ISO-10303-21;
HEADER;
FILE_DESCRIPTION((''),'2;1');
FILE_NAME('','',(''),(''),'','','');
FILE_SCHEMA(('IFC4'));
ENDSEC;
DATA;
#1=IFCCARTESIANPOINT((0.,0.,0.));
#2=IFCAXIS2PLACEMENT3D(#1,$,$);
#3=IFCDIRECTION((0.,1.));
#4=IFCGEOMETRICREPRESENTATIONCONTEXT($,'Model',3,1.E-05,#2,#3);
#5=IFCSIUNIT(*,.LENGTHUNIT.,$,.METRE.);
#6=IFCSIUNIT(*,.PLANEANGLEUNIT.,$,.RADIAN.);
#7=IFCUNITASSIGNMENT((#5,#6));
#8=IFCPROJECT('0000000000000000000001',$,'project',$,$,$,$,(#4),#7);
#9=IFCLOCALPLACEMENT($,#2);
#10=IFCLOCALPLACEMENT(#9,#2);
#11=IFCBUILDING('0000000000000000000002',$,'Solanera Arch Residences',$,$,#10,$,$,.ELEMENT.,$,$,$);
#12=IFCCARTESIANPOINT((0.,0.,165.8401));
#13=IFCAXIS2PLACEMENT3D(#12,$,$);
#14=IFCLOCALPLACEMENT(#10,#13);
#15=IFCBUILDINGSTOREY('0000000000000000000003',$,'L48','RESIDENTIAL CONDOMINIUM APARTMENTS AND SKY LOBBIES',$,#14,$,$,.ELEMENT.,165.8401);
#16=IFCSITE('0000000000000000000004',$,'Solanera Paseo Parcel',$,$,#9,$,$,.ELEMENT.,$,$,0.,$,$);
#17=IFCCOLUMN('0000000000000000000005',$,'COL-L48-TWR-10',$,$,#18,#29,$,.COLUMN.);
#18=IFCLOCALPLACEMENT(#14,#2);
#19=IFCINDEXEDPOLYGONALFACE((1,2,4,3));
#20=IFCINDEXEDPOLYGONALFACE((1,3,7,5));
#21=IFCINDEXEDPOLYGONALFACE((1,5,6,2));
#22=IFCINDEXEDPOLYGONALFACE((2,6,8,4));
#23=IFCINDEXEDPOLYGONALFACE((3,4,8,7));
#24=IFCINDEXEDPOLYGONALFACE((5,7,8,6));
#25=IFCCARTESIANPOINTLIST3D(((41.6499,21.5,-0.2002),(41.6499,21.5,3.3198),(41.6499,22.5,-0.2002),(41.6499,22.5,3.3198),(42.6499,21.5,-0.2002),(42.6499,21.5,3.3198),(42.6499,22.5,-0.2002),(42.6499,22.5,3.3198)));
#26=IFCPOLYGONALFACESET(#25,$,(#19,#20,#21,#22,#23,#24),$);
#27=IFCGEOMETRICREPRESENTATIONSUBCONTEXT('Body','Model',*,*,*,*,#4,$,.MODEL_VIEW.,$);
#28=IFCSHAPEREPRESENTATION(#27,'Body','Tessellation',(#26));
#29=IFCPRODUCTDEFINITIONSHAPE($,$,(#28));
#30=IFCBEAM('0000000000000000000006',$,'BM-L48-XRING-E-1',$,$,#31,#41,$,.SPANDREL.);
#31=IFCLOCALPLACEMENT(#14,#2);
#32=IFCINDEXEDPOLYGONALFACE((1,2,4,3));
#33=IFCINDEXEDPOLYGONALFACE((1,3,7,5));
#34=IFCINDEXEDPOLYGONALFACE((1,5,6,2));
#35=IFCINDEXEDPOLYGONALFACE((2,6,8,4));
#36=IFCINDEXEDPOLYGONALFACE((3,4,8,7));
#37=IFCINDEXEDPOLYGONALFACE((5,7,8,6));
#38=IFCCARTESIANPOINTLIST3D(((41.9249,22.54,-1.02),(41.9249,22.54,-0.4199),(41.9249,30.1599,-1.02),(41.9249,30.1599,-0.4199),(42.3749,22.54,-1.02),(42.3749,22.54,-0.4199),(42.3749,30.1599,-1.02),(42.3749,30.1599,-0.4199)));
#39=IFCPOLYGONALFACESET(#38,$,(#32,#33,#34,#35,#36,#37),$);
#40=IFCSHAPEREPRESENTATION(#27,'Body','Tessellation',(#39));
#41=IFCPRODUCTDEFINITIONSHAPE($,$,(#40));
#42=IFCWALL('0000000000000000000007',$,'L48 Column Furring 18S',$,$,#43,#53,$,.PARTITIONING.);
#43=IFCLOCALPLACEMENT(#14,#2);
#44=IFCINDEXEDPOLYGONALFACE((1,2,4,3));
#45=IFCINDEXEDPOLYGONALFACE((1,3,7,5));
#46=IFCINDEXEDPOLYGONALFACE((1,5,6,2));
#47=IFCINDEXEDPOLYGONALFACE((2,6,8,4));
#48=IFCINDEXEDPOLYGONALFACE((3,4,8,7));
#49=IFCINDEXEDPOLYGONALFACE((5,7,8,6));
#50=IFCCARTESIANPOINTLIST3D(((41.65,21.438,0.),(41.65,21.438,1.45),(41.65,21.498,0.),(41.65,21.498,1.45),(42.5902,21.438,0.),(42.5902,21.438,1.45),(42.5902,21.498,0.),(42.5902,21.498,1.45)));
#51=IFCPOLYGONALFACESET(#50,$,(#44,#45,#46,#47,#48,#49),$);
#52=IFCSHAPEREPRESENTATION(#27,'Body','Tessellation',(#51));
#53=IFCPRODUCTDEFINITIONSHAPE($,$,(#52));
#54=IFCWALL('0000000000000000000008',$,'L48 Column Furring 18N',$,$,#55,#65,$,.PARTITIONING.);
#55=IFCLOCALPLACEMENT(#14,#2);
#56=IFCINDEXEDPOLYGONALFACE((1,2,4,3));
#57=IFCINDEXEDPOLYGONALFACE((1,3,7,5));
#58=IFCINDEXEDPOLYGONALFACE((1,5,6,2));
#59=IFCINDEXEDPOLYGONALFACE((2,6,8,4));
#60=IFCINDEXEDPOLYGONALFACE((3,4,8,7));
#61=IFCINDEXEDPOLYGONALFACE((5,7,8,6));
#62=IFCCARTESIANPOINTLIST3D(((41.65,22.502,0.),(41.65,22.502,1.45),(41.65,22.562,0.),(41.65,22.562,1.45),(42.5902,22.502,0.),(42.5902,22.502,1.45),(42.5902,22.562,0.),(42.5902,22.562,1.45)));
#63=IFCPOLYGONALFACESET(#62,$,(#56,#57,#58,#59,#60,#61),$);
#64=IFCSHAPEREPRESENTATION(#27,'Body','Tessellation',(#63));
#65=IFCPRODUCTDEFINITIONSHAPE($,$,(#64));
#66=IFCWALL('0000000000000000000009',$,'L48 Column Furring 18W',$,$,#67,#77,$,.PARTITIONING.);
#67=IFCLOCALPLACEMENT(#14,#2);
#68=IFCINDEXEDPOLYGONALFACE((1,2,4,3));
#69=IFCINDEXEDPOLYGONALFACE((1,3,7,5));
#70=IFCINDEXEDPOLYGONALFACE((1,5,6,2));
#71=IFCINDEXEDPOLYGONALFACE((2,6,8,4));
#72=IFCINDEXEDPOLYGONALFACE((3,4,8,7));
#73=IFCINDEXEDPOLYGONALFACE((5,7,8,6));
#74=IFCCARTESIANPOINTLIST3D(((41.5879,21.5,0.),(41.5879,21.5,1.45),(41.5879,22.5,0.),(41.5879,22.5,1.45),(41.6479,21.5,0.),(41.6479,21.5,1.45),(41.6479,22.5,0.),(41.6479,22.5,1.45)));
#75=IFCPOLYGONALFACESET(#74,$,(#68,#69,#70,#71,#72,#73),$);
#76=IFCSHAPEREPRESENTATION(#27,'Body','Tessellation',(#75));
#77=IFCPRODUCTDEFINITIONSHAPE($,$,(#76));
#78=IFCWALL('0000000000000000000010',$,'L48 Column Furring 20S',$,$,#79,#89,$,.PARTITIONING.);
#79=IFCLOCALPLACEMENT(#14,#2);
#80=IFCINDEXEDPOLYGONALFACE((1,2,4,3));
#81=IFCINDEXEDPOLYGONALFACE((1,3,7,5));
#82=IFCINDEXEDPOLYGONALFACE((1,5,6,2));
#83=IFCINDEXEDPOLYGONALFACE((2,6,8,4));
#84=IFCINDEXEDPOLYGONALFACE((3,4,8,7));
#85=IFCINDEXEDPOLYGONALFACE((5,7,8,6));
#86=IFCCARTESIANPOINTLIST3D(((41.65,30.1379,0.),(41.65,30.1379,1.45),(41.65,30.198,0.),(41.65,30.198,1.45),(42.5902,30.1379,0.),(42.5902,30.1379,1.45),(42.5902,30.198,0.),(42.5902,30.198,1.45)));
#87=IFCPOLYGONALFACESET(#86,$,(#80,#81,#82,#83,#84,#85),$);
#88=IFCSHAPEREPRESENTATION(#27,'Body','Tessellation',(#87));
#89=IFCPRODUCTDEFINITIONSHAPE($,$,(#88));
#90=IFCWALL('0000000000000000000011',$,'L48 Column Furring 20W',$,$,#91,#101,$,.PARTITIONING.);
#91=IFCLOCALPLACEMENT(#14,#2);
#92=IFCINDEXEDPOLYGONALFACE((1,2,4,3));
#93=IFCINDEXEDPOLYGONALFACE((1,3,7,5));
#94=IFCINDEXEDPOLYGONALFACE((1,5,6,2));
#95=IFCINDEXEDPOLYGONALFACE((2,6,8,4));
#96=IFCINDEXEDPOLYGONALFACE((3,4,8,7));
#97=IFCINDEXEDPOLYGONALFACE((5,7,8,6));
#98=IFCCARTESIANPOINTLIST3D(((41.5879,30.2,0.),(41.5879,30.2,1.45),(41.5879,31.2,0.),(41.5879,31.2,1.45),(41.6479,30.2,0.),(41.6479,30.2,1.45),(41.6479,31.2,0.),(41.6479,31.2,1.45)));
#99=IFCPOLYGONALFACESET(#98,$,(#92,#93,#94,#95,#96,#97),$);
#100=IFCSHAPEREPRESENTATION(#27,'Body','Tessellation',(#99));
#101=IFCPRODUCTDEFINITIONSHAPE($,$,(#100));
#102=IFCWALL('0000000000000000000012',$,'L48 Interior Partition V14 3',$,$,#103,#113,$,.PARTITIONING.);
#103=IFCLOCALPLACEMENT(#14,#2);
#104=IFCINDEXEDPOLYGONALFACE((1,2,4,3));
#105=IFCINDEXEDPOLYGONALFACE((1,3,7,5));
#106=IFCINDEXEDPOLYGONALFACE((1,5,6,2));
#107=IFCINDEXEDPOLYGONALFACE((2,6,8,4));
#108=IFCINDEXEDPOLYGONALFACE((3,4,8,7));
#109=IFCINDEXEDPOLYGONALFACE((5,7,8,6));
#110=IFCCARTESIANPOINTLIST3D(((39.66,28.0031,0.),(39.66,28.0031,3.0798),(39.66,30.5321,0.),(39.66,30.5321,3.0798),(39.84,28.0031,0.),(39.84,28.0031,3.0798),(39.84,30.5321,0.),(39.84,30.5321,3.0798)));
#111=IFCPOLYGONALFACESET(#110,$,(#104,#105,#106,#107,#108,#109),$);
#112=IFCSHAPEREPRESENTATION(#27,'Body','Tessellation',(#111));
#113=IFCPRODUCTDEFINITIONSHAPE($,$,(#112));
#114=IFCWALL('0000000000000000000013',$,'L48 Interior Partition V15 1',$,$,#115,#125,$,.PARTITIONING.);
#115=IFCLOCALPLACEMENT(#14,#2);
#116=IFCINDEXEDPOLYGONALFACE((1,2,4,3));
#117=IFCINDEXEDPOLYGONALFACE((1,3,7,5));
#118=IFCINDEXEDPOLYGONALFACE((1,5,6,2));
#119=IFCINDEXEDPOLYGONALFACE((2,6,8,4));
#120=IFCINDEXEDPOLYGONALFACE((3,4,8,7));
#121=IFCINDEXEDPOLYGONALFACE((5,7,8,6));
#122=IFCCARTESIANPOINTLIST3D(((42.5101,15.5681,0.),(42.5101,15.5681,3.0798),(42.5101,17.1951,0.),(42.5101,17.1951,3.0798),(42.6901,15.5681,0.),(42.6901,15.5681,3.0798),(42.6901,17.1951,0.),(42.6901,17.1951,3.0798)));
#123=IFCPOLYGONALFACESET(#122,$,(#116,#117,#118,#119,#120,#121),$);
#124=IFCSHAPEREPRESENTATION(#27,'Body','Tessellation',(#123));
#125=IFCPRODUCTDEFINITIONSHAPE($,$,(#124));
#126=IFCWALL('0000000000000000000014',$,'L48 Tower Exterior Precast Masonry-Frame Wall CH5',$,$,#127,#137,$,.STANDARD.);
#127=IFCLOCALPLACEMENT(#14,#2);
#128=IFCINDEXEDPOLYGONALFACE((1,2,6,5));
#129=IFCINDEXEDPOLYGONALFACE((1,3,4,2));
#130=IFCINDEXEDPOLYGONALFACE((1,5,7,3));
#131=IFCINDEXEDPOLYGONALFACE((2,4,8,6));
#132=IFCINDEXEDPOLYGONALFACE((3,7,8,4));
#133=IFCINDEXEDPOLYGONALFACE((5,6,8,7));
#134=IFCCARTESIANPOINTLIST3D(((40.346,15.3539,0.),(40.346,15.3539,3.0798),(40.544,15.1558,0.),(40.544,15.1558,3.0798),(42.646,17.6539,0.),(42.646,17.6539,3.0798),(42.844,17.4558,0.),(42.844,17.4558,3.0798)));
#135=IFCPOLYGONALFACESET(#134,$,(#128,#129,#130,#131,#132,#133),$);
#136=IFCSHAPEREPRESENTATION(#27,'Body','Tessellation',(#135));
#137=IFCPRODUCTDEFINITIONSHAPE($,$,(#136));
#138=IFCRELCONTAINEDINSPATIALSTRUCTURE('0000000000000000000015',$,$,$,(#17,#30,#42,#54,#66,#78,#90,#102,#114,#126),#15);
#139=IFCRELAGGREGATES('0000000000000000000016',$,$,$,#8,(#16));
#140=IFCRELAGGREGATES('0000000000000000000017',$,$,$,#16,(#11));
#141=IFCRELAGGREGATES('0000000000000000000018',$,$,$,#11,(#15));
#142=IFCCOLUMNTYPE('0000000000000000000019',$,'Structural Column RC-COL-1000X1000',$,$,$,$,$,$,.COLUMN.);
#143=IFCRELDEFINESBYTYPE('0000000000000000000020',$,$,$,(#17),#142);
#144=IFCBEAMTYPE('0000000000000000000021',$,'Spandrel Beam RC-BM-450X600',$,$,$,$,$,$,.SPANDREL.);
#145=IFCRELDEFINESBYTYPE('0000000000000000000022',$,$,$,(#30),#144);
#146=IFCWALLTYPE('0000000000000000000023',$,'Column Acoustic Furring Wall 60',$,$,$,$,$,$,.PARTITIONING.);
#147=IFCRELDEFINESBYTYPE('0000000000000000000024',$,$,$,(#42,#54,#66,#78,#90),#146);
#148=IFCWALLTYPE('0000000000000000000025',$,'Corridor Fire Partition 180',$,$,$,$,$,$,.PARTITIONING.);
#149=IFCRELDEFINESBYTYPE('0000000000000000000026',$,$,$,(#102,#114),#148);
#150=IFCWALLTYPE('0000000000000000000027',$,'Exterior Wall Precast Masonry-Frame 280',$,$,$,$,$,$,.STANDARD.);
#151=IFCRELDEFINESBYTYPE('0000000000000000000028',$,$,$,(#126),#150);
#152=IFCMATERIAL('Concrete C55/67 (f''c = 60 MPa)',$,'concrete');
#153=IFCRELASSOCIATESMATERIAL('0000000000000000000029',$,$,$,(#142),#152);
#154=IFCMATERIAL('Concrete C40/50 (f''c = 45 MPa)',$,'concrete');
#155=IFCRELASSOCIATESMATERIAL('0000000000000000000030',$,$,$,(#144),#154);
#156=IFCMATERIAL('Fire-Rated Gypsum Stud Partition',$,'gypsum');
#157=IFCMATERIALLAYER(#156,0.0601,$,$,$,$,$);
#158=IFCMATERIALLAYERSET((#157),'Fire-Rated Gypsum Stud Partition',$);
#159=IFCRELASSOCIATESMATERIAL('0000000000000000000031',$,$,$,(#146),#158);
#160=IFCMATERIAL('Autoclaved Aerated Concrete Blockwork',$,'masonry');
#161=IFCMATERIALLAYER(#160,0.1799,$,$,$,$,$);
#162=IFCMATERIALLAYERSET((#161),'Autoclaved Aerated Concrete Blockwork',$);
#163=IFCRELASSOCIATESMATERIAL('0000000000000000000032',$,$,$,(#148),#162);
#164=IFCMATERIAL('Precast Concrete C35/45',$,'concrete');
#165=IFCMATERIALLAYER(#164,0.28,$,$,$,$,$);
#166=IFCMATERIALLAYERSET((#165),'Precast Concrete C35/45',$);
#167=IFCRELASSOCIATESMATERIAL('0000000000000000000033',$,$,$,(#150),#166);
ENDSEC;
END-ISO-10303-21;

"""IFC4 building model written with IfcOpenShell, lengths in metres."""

from ifc_helpers import new_model, si_unit, direction, frame, frame_2d, origin, origin_2d, place, context, subcontext, project, spatial, rectangle, extrude, material, layer, layer_set, material_profile, profile_set, type_object, element, save


model = new_model("IFC4")

# Units and contexts
model_context = context("Model", 3, precision=1e-05, world=origin(), true_north=direction((0.0, 1.0)))
body_context = subcontext(model_context, "Body", "Model", "MODEL_VIEW")
ifc_project = project(units=[si_unit("LENGTHUNIT", "METRE"), si_unit("PLANEANGLEUNIT", "RADIAN")], contexts=[model_context])

# Site, building, storey
site_placement = place(None, origin())
site = spatial("IfcSite", under=ifc_project, at=site_placement, Name="Solanera Paseo Parcel", CompositionType="ELEMENT", RefElevation=0.0)
building_placement = place(site_placement, origin())
building = spatial("IfcBuilding", under=site, at=building_placement, Name="Solanera Arch Residences", CompositionType="ELEMENT")
storey_placement = place(building_placement, frame((0.0, 0.0, 165.8401)))
storey = spatial("IfcBuildingStorey", under=building, at=storey_placement, Name="L48", Description="RESIDENTIAL CONDOMINIUM APARTMENTS AND SKY LOBBIES", CompositionType="ELEMENT", Elevation=165.8401)

# Column
ifc_material_1 = material(Name="Concrete C55/67 (f'c = 60 MPa)", Category="concrete")
ifc_material_profile_1 = material_profile(ifc_material_1, rectangle(XDim=1.0, YDim=1.0, at=origin_2d()))
ifc_profile_set_1 = profile_set([ifc_material_profile_1], Name="Concrete C55/67 (f'c = 60 MPa)")
column_type = type_object("IfcColumnType", Name="Structural Column RC-COL-1000X1000", PredefinedType="COLUMN", material=ifc_profile_set_1)
column_placement = place(storey_placement, frame((42.1499, 22.0, -0.2002), z_axis=(0.0, 0.0, 1.0), x_axis=(1.0, 0.0, 0.0)))
element("IfcColumn", 1, at=column_placement, inside=storey, type_object=column_type, Name="COL-L48-TWR-10", PredefinedType="COLUMN", context=body_context, shape_type="SweptSolid", body=[
    extrude(rectangle(XDim=1.0, YDim=1.0, at=origin_2d()), origin(), (0.0, 0.0, 1.0), 3.52),
])

# Beam
ifc_material_2 = material(Name="Concrete C40/50 (f'c = 45 MPa)", Category="concrete")
ifc_material_profile_2 = material_profile(ifc_material_2, rectangle(XDim=0.45, YDim=0.6001, at=origin_2d()))
ifc_profile_set_2 = profile_set([ifc_material_profile_2], Name="Concrete C40/50 (f'c = 45 MPa)")
beam_type = type_object("IfcBeamType", Name="Spandrel Beam RC-BM-450X600", PredefinedType="SPANDREL", material=ifc_profile_set_2)
beam_placement = place(storey_placement, frame((42.1499, 22.54, -0.72), z_axis=(0.0, 1.0, 0.0), x_axis=(-1.0, 0.0, 0.0)))
element("IfcBeam", 2, at=beam_placement, inside=storey, type_object=beam_type, Name="BM-L48-XRING-E-1", PredefinedType="SPANDREL", context=body_context, shape_type="SweptSolid", body=[
    extrude(rectangle(XDim=0.45, YDim=0.6001, at=origin_2d()), origin(), (0.0, 0.0, 1.0), 7.6199),
])

# Walls
ifc_material_3 = material(Name="Fire-Rated Gypsum Stud Partition", Category="gypsum")
ifc_layer_1 = layer(ifc_material_3, 0.0601)
ifc_layer_set_1 = layer_set([ifc_layer_1], Name="Fire-Rated Gypsum Stud Partition")
wall_type_1 = type_object("IfcWallType", Name="Column Acoustic Furring Wall 60", PredefinedType="PARTITIONING", material=ifc_layer_set_1)
for number, where, z_axis, x_axis, name in (
    (3, (41.6499, 21.468, 0.0), (0.0, 0.0, 1.0), (1.0, 0.0, 0.0), "L48 Column Furring 18S"),
    (4, (41.6499, 22.532, 0.0), (0.0, 0.0, 1.0), (1.0, 0.0, 0.0), "L48 Column Furring 18N"),
):
    element("IfcWall", number, at=place(storey_placement, frame(where, z_axis=z_axis, x_axis=x_axis)), inside=storey, type_object=wall_type_1, Name=name, PredefinedType="PARTITIONING", context=body_context, shape_type="SweptSolid", body=[
        extrude(rectangle(XDim=0.9402, YDim=0.0601, at=frame_2d((0.4702, 0.0))), origin(), (0.0, 0.0, 1.0), 1.45),
    ])
wall_1_placement = place(storey_placement, frame((41.6179, 21.5, 0.0), z_axis=(0.0, 0.0, 1.0), x_axis=(0.0, 1.0, 0.0)))
element("IfcWall", 5, at=wall_1_placement, inside=storey, type_object=wall_type_1, Name="L48 Column Furring 18W", PredefinedType="PARTITIONING", context=body_context, shape_type="SweptSolid", body=[
    extrude(rectangle(XDim=1.0, YDim=0.0601, at=frame_2d((0.5, 0.0))), origin(), (0.0, 0.0, 1.0), 1.45),
])
wall_2_placement = place(storey_placement, frame((41.6499, 30.168, 0.0), z_axis=(0.0, 0.0, 1.0), x_axis=(1.0, 0.0, 0.0)))
element("IfcWall", 6, at=wall_2_placement, inside=storey, type_object=wall_type_1, Name="L48 Column Furring 20S", PredefinedType="PARTITIONING", context=body_context, shape_type="SweptSolid", body=[
    extrude(rectangle(XDim=0.9402, YDim=0.0601, at=frame_2d((0.4702, 0.0))), origin(), (0.0, 0.0, 1.0), 1.45),
])
wall_3_placement = place(storey_placement, frame((41.6179, 30.2, 0.0), z_axis=(0.0, 0.0, 1.0), x_axis=(0.0, 1.0, 0.0)))
element("IfcWall", 7, at=wall_3_placement, inside=storey, type_object=wall_type_1, Name="L48 Column Furring 20W", PredefinedType="PARTITIONING", context=body_context, shape_type="SweptSolid", body=[
    extrude(rectangle(XDim=1.0, YDim=0.0601, at=frame_2d((0.5, 0.0))), origin(), (0.0, 0.0, 1.0), 1.45),
])
ifc_material_4 = material(Name="Autoclaved Aerated Concrete Blockwork", Category="masonry")
ifc_layer_2 = layer(ifc_material_4, 0.1799)
ifc_layer_set_2 = layer_set([ifc_layer_2], Name="Autoclaved Aerated Concrete Blockwork")
wall_type_2 = type_object("IfcWallType", Name="Corridor Fire Partition 180", PredefinedType="PARTITIONING", material=ifc_layer_set_2)
wall_4_placement = place(storey_placement, frame((39.75, 28.0029, 0.0), z_axis=(0.0, 0.0, 1.0), x_axis=(0.0, 1.0, 0.0)))
element("IfcWall", 8, at=wall_4_placement, inside=storey, type_object=wall_type_2, Name="L48 Interior Partition V14 3", PredefinedType="PARTITIONING", context=body_context, shape_type="SweptSolid", body=[
    extrude(rectangle(XDim=2.5291, YDim=0.1799, at=frame_2d((1.2646, 0.0))), origin(), (0.0, 0.0, 1.0), 3.0798),
])
wall_5_placement = place(storey_placement, frame((42.6001, 15.5681, 0.0), z_axis=(0.0, 0.0, 1.0), x_axis=(0.0, 1.0, 0.0)))
element("IfcWall", 9, at=wall_5_placement, inside=storey, type_object=wall_type_2, Name="L48 Interior Partition V15 1", PredefinedType="PARTITIONING", context=body_context, shape_type="SweptSolid", body=[
    extrude(rectangle(XDim=1.627, YDim=0.1799, at=frame_2d((0.8135, 0.0))), origin(), (0.0, 0.0, 1.0), 3.0798),
])
ifc_material_5 = material(Name="Precast Concrete C35/45", Category="concrete")
ifc_layer_3 = layer(ifc_material_5, 0.28)
ifc_layer_set_3 = layer_set([ifc_layer_3], Name="Precast Concrete C35/45")
wall_type_3 = type_object("IfcWallType", Name="Exterior Wall Precast Masonry-Frame 280", PredefinedType="STANDARD", material=ifc_layer_set_3)
wall_6_placement = place(storey_placement, frame((42.7451, 17.5549, 0.0), z_axis=(0.0, 0.0, 1.0), x_axis=(-0.707107, -0.707107, 0.0)))
element("IfcWall", 10, at=wall_6_placement, inside=storey, type_object=wall_type_3, Name="L48 Tower Exterior Precast Masonry-Frame Wall CH5", PredefinedType="STANDARD", context=body_context, shape_type="SweptSolid", body=[
    extrude(rectangle(XDim=3.2527, YDim=0.28, at=frame_2d((1.6265, 0.0))), origin(), (0.0, 0.0, 1.0), 3.0798),
])

save(model, "model.ifc")
